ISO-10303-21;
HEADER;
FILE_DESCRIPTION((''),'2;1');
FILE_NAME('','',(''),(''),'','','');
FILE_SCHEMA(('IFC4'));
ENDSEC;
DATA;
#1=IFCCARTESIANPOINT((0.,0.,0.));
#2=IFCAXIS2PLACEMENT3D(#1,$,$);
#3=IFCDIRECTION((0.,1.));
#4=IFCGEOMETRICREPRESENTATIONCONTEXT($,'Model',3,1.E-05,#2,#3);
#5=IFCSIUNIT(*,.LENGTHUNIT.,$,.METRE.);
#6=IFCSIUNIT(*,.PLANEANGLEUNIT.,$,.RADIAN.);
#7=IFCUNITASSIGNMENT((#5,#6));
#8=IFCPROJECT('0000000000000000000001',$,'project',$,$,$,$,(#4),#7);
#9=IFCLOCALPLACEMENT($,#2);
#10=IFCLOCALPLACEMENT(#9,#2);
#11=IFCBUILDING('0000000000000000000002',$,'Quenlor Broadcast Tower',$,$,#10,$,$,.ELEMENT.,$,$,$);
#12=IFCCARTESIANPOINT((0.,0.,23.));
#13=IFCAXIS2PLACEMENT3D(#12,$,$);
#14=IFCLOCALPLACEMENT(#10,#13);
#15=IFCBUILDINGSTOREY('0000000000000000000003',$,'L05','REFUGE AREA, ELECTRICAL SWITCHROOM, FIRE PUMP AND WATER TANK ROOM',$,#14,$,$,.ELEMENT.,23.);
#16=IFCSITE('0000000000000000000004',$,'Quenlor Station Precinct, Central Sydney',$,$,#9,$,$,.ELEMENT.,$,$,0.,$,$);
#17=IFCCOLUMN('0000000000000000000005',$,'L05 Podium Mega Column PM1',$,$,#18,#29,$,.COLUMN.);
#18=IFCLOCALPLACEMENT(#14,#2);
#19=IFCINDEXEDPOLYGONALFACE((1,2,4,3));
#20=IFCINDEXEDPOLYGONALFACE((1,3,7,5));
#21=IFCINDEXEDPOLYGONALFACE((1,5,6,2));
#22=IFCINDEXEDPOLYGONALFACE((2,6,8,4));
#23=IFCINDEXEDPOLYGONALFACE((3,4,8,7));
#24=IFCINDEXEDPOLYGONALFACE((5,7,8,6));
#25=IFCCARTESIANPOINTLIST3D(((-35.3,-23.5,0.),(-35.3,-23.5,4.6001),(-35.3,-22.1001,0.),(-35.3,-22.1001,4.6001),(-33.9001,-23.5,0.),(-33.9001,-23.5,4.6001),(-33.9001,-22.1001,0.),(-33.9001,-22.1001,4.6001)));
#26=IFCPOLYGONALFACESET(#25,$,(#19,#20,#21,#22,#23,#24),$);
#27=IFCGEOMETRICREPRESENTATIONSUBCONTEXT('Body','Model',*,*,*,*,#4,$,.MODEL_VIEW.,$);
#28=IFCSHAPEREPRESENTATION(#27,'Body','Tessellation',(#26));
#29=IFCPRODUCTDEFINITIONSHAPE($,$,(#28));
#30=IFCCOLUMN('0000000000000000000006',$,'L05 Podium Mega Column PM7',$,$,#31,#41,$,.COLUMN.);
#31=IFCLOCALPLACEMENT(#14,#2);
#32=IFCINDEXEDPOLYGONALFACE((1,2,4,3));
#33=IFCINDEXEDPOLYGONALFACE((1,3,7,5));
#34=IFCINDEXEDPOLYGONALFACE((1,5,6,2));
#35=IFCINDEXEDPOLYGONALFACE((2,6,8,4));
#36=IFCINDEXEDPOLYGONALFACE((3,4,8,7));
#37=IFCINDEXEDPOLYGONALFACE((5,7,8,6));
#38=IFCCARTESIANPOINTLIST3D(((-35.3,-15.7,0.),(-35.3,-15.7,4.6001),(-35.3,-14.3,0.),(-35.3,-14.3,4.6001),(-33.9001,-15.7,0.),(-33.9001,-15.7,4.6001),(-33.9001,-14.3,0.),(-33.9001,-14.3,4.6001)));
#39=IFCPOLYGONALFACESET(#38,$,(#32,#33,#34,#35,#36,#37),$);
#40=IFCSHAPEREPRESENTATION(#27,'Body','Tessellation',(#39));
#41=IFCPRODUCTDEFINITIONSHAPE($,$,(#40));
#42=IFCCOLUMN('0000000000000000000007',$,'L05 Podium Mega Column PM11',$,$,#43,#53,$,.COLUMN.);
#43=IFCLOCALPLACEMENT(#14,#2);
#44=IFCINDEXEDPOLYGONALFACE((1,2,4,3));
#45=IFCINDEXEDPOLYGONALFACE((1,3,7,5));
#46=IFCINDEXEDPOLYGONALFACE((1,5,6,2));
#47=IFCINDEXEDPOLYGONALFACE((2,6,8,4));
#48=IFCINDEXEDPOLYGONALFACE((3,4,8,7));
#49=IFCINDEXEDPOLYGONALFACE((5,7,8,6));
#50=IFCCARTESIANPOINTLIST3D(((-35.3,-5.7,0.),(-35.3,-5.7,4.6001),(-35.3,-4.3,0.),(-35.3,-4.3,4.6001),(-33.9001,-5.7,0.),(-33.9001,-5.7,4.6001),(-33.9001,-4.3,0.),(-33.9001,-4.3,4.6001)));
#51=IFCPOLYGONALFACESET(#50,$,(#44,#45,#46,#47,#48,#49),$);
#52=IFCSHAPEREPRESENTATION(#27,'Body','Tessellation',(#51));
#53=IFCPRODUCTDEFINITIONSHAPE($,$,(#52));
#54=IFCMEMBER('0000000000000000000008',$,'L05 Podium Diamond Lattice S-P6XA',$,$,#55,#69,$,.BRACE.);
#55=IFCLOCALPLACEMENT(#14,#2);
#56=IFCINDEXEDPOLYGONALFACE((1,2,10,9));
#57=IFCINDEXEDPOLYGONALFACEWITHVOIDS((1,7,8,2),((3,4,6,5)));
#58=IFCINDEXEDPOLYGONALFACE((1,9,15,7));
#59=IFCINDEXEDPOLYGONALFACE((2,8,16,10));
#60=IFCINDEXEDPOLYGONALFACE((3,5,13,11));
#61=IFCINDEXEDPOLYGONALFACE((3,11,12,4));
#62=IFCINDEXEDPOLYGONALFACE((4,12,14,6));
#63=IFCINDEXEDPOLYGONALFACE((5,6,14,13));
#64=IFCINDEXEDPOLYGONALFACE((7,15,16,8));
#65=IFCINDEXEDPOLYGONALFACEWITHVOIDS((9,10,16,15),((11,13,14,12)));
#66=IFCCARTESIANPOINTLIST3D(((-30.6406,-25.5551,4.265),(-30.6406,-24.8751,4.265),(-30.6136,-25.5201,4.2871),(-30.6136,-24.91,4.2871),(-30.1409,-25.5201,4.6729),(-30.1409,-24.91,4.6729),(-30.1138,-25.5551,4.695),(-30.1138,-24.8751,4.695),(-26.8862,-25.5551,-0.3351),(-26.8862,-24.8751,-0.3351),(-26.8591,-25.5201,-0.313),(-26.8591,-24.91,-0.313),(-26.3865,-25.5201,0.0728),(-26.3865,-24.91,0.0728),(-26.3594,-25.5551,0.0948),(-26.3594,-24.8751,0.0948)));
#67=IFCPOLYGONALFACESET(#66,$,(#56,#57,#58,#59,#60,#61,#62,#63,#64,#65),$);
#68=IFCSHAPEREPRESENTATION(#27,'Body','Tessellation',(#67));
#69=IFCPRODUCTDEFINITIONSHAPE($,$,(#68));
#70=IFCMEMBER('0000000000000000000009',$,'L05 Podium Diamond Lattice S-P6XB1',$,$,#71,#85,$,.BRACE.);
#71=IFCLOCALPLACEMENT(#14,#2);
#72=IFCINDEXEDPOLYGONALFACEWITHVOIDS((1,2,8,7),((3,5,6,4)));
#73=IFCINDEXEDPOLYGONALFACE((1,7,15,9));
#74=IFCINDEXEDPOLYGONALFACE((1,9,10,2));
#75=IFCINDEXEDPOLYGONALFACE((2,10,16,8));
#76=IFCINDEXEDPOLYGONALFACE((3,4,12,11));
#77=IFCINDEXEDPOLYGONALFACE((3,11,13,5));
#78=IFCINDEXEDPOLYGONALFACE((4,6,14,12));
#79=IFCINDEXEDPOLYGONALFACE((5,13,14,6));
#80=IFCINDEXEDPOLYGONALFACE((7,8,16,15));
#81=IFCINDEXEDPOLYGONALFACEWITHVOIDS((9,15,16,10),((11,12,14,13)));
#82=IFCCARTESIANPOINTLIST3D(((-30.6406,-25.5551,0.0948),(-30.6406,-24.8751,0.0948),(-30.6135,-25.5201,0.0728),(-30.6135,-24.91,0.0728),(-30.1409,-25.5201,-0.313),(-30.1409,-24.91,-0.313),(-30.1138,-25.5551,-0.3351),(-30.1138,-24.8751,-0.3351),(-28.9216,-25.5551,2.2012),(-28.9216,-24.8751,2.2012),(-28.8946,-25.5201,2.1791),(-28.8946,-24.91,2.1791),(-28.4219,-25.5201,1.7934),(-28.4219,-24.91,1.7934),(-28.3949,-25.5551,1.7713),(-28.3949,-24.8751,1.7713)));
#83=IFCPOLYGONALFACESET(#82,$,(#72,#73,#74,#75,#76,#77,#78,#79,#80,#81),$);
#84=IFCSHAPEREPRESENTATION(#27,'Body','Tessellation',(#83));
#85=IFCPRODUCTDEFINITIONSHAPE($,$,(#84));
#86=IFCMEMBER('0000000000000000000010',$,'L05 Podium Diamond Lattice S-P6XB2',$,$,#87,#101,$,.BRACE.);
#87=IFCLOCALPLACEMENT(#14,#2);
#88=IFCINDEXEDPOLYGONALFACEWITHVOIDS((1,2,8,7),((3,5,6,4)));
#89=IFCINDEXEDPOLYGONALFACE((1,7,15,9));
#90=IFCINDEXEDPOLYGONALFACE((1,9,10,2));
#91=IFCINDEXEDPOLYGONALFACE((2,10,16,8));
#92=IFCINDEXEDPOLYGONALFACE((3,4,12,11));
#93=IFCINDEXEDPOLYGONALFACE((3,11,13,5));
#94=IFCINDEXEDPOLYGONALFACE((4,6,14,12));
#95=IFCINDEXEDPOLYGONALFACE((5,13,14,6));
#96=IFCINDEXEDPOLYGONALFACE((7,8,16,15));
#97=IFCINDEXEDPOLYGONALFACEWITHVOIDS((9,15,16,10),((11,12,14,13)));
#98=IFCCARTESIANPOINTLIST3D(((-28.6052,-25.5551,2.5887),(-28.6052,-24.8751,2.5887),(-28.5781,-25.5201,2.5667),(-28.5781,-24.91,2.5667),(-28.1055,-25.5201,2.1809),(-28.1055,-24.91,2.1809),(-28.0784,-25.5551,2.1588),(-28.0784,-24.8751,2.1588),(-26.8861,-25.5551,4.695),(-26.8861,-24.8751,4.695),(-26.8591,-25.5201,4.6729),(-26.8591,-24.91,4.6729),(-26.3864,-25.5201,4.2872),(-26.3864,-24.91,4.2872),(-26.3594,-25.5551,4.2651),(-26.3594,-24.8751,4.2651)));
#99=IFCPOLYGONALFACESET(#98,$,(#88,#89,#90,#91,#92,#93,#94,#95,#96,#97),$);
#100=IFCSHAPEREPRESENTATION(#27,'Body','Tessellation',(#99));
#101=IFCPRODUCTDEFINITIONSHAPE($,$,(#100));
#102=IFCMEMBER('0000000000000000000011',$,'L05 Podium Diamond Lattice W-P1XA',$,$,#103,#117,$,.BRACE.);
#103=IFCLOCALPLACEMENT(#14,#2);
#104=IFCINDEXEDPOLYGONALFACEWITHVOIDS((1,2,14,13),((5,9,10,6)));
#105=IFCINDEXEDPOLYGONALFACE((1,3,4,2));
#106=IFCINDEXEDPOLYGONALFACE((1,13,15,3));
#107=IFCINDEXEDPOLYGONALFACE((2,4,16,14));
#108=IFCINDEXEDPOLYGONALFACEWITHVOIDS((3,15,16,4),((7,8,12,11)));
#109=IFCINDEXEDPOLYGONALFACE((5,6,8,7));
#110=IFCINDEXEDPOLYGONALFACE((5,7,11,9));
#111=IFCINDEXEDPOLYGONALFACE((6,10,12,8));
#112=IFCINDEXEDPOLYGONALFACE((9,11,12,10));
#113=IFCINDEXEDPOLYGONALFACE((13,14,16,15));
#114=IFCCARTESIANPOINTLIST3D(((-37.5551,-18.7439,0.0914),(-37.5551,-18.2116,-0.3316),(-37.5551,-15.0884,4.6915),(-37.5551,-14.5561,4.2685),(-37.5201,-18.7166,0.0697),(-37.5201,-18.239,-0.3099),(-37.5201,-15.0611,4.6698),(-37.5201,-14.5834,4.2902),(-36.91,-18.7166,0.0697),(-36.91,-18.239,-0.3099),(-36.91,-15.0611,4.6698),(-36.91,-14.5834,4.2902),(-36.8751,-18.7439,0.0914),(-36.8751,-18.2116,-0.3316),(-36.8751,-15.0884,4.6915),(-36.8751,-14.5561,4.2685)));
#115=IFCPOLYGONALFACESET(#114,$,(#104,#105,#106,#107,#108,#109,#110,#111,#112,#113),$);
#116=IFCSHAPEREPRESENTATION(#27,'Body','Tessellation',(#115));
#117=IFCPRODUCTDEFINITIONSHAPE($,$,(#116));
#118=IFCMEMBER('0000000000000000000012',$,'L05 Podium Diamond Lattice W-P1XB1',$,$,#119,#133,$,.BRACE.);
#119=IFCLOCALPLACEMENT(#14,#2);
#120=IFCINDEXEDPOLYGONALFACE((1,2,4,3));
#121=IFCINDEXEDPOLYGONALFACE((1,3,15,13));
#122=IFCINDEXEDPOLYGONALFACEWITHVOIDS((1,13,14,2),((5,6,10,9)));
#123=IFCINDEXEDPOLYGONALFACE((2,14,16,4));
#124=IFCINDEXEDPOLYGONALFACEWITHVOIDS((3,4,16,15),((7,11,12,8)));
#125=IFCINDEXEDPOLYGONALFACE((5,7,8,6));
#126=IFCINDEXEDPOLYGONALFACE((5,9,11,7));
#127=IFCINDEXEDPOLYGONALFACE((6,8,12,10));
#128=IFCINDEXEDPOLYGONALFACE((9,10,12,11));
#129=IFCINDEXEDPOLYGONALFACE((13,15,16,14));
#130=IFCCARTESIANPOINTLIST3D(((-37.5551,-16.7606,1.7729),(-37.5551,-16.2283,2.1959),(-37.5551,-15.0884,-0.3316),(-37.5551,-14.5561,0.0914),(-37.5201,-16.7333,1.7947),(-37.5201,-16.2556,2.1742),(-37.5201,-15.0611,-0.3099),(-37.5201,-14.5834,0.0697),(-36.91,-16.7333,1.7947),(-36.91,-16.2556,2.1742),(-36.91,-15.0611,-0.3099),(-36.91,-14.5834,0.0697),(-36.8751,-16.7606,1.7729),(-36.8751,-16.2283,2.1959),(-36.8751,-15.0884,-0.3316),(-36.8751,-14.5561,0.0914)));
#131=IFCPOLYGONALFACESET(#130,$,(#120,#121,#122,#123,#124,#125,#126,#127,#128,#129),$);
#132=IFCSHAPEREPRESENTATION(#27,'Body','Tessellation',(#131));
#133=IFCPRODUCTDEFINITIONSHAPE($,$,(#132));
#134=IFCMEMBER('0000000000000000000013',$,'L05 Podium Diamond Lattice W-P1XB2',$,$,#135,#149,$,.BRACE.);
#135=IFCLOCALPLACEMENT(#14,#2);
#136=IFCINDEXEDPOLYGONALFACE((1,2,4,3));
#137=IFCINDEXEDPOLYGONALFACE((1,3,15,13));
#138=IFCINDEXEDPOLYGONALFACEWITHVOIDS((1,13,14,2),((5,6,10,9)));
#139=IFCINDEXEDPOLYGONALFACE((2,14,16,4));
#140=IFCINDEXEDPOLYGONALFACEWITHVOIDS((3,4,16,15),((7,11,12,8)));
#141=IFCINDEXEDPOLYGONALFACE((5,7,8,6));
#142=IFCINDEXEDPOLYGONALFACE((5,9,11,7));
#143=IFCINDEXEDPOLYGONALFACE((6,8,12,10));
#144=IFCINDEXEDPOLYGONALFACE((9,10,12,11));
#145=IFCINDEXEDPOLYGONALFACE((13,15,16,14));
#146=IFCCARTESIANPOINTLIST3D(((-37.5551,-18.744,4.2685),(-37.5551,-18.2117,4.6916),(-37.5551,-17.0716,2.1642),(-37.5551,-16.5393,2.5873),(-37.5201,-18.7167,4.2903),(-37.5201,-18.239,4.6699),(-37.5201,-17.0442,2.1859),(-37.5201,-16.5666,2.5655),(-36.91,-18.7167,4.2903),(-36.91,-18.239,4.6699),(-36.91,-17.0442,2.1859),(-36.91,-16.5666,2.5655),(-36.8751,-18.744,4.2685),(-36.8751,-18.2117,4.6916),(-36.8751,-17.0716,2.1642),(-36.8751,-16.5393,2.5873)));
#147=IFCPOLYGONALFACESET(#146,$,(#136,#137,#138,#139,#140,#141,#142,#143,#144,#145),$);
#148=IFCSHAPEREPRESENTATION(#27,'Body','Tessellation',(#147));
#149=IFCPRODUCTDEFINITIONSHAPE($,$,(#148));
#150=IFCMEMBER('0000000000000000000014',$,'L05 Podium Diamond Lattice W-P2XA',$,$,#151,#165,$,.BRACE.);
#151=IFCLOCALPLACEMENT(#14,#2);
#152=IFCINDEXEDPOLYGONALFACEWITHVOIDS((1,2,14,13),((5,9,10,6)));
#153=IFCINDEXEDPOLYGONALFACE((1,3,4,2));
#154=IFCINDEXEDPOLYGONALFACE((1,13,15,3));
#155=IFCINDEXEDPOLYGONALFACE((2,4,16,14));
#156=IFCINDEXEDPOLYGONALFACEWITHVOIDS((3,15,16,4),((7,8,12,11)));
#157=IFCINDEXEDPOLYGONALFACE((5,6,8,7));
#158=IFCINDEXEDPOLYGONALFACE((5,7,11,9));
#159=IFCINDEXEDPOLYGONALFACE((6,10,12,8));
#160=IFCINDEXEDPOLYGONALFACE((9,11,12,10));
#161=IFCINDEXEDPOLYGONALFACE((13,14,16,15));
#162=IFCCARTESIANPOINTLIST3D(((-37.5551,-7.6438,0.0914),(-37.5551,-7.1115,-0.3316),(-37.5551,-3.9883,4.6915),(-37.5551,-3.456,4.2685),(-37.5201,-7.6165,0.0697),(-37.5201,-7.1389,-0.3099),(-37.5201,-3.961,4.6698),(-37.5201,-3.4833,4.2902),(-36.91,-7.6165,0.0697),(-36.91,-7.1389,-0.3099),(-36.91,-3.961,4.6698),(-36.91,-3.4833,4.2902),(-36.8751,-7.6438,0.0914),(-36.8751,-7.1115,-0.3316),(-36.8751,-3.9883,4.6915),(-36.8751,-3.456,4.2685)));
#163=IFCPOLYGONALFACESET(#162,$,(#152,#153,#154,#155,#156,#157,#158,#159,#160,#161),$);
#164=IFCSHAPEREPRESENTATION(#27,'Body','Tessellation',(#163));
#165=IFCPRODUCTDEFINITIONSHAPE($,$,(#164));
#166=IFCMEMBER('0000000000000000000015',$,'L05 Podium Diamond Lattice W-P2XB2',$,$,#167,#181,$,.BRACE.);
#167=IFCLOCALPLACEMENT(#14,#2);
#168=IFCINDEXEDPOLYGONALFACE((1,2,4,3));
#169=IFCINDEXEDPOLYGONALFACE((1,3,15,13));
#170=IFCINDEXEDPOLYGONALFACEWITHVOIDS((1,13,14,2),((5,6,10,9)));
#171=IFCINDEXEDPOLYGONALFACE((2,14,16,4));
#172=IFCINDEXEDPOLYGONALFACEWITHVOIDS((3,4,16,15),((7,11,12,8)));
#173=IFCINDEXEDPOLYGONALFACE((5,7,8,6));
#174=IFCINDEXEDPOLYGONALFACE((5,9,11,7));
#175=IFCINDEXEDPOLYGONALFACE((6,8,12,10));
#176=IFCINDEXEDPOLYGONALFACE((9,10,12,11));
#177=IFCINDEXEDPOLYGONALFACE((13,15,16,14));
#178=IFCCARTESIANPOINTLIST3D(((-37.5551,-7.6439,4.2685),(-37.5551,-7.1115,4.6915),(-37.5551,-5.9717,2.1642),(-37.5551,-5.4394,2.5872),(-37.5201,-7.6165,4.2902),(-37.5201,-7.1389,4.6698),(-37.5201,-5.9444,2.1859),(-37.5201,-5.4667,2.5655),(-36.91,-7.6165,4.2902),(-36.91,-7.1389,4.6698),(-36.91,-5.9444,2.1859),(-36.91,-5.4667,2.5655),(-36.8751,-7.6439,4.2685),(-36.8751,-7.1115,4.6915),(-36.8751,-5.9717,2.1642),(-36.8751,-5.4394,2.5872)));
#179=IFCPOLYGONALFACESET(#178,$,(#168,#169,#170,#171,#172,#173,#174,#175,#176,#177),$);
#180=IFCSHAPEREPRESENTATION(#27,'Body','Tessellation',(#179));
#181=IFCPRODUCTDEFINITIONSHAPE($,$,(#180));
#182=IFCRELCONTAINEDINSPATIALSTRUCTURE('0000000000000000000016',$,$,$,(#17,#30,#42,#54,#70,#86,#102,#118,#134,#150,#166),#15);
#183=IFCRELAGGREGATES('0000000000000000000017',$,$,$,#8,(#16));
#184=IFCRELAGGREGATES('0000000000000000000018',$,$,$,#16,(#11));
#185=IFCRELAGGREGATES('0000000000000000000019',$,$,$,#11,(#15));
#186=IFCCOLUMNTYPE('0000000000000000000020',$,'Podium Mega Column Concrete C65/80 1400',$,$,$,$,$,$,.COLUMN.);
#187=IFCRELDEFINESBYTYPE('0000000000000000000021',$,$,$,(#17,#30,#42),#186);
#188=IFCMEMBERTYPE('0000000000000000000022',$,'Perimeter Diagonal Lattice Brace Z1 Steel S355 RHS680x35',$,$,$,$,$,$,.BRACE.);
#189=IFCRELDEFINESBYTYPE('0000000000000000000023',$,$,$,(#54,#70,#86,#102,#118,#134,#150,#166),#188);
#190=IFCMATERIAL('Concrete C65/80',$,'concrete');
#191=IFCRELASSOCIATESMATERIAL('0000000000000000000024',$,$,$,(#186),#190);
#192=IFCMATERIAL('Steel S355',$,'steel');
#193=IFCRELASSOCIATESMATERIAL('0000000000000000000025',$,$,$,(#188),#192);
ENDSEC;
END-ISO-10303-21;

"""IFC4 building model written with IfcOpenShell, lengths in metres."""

from ifc_helpers import new_model, si_unit, direction, frame, origin, origin_2d, place, context, subcontext, project, spatial, rectangle, hollow_rectangle, extrude, material, material_profile, profile_set, type_object, element, save


model = new_model("IFC4")

# Units and contexts
model_context = context("Model", 3, precision=1e-05, world=origin(), true_north=direction((0.0, 1.0)))
body_context = subcontext(model_context, "Body", "Model", "MODEL_VIEW")
ifc_project = project(units=[si_unit("LENGTHUNIT", "METRE"), si_unit("PLANEANGLEUNIT", "RADIAN")], contexts=[model_context])

# Site, building, storey
site_placement = place(None, origin())
site = spatial("IfcSite", under=ifc_project, at=site_placement, Name="Quenlor Station Precinct, Central Sydney", CompositionType="ELEMENT", RefElevation=0.0)
building_placement = place(site_placement, origin())
building = spatial("IfcBuilding", under=site, at=building_placement, Name="Quenlor Broadcast Tower", CompositionType="ELEMENT")
storey_placement = place(building_placement, frame((0.0, 0.0, 23.0)))
storey = spatial("IfcBuildingStorey", under=building, at=storey_placement, Name="L05", Description="REFUGE AREA, ELECTRICAL SWITCHROOM, FIRE PUMP AND WATER TANK ROOM", CompositionType="ELEMENT", Elevation=23.0)

# Columns
ifc_material_1 = material(Name="Concrete C65/80", Category="concrete")
ifc_material_profile_1 = material_profile(ifc_material_1, rectangle(XDim=1.3999, YDim=1.3999, at=origin_2d()))
ifc_profile_set_1 = profile_set([ifc_material_profile_1], Name="Concrete C65/80 RC1400x1400")
column_type = type_object("IfcColumnType", Name="Podium Mega Column Concrete C65/80 1400", PredefinedType="COLUMN", material=ifc_profile_set_1)
for number, where, z_axis, x_axis, name in (
    (1, (-34.6001, -22.8, 0.0), (0.0, 0.0, 1.0), (1.0, 0.0, 0.0), "L05 Podium Mega Column PM1"),
    (2, (-34.6001, -15.0, 0.0), (0.0, 0.0, 1.0), (1.0, 0.0, 0.0), "L05 Podium Mega Column PM7"),
    (3, (-34.6001, -5.0, 0.0), (0.0, 0.0, 1.0), (1.0, 0.0, 0.0), "L05 Podium Mega Column PM11"),
):
    element("IfcColumn", number, at=place(storey_placement, frame(where, z_axis=z_axis, x_axis=x_axis)), inside=storey, type_object=column_type, Name=name, PredefinedType="COLUMN", context=body_context, shape_type="SweptSolid", body=[
        extrude(rectangle(XDim=1.3999, YDim=1.3999, at=origin_2d()), origin(), (0.0, 0.0, 1.0), 4.6001),
    ])

# Members
ifc_material_2 = material(Name="Steel S355", Category="steel")
ifc_material_profile_2 = material_profile(ifc_material_2, hollow_rectangle(XDim=0.6799, YDim=0.6799, WallThickness=0.0349, at=origin_2d()))
ifc_profile_set_2 = profile_set([ifc_material_profile_2], Name="Steel S355 RHS680x680x35")
member_type = type_object("IfcMemberType", Name="Perimeter Diagonal Lattice Brace Z1 Steel S355 RHS680x35", PredefinedType="BRACE", material=ifc_profile_set_2)
member_1_placement = place(storey_placement, frame((-26.6228, -25.2151, -0.1201), z_axis=(-0.632297, 0.0, 0.774726), x_axis=(0.0, -1.0, 0.0)))
element("IfcMember", 4, at=member_1_placement, inside=storey, type_object=member_type, Name="L05 Podium Diamond Lattice S-P6XA", PredefinedType="BRACE", context=body_context, shape_type="SweptSolid", body=[
    extrude(hollow_rectangle(XDim=0.6799, YDim=0.6799, WallThickness=0.0349, at=origin_2d()), origin(), (0.0, 0.0, 1.0), 5.9377),
])
for number, where, z_axis, x_axis, name in (
    (5, (-30.3772, -25.2151, -0.1201), (0.632254, 0.0, 0.774761), (0.0, 1.0, 0.0), "L05 Podium Diamond Lattice S-P6XB1"),
    (6, (-28.3418, -25.2151, 2.3738), (0.632298, 0.0, 0.774725), (0.0, 1.0, 0.0), "L05 Podium Diamond Lattice S-P6XB2"),
):
    element("IfcMember", number, at=place(storey_placement, frame(where, z_axis=z_axis, x_axis=x_axis)), inside=storey, type_object=member_type, Name=name, PredefinedType="BRACE", context=body_context, shape_type="SweptSolid", body=[
        extrude(hollow_rectangle(XDim=0.6799, YDim=0.6799, WallThickness=0.0349, at=origin_2d()), origin(), (0.0, 0.0, 1.0), 2.7188),
    ])
member_2_placement = place(storey_placement, frame((-37.2151, -18.4778, -0.1201), z_axis=(0.0, 0.622143, 0.782904), x_axis=(-1.0, 0.0, 0.0)))
element("IfcMember", 7, at=member_2_placement, inside=storey, type_object=member_type, Name="L05 Podium Diamond Lattice W-P1XA", PredefinedType="BRACE", context=body_context, shape_type="SweptSolid", body=[
    extrude(hollow_rectangle(XDim=0.6799, YDim=0.6799, WallThickness=0.0349, at=origin_2d()), origin(), (0.0, 0.0, 1.0), 5.8757),
])
for number, where, z_axis, x_axis, name in (
    (8, (-37.2151, -14.8223, -0.1201), (0.0, -0.622089, 0.782947), (1.0, 0.0, 0.0), "L05 Podium Diamond Lattice W-P1XB1"),
    (9, (-37.2151, -16.8054, 2.3757), (0.0, -0.622188, 0.782867), (1.0, 0.0, 0.0), "L05 Podium Diamond Lattice W-P1XB2"),
):
    element("IfcMember", number, at=place(storey_placement, frame(where, z_axis=z_axis, x_axis=x_axis)), inside=storey, type_object=member_type, Name=name, PredefinedType="BRACE", context=body_context, shape_type="SweptSolid", body=[
        extrude(hollow_rectangle(XDim=0.6799, YDim=0.6799, WallThickness=0.0349, at=origin_2d()), origin(), (0.0, 0.0, 1.0), 2.688),
    ])
member_3_placement = place(storey_placement, frame((-37.2151, -7.3777, -0.1201), z_axis=(0.0, 0.622143, 0.782904), x_axis=(-1.0, 0.0, 0.0)))
element("IfcMember", 10, at=member_3_placement, inside=storey, type_object=member_type, Name="L05 Podium Diamond Lattice W-P2XA", PredefinedType="BRACE", context=body_context, shape_type="SweptSolid", body=[
    extrude(hollow_rectangle(XDim=0.6799, YDim=0.6799, WallThickness=0.0349, at=origin_2d()), origin(), (0.0, 0.0, 1.0), 5.8757),
])
member_4_placement = place(storey_placement, frame((-37.2151, -5.7056, 2.3757), z_axis=(0.0, -0.622133, 0.782912), x_axis=(1.0, 0.0, 0.0)))
element("IfcMember", 11, at=member_4_placement, inside=storey, type_object=member_type, Name="L05 Podium Diamond Lattice W-P2XB2", PredefinedType="BRACE", context=body_context, shape_type="SweptSolid", body=[
    extrude(hollow_rectangle(XDim=0.6799, YDim=0.6799, WallThickness=0.0349, at=origin_2d()), origin(), (0.0, 0.0, 1.0), 2.6877),
])

save(model, "model.ifc")
